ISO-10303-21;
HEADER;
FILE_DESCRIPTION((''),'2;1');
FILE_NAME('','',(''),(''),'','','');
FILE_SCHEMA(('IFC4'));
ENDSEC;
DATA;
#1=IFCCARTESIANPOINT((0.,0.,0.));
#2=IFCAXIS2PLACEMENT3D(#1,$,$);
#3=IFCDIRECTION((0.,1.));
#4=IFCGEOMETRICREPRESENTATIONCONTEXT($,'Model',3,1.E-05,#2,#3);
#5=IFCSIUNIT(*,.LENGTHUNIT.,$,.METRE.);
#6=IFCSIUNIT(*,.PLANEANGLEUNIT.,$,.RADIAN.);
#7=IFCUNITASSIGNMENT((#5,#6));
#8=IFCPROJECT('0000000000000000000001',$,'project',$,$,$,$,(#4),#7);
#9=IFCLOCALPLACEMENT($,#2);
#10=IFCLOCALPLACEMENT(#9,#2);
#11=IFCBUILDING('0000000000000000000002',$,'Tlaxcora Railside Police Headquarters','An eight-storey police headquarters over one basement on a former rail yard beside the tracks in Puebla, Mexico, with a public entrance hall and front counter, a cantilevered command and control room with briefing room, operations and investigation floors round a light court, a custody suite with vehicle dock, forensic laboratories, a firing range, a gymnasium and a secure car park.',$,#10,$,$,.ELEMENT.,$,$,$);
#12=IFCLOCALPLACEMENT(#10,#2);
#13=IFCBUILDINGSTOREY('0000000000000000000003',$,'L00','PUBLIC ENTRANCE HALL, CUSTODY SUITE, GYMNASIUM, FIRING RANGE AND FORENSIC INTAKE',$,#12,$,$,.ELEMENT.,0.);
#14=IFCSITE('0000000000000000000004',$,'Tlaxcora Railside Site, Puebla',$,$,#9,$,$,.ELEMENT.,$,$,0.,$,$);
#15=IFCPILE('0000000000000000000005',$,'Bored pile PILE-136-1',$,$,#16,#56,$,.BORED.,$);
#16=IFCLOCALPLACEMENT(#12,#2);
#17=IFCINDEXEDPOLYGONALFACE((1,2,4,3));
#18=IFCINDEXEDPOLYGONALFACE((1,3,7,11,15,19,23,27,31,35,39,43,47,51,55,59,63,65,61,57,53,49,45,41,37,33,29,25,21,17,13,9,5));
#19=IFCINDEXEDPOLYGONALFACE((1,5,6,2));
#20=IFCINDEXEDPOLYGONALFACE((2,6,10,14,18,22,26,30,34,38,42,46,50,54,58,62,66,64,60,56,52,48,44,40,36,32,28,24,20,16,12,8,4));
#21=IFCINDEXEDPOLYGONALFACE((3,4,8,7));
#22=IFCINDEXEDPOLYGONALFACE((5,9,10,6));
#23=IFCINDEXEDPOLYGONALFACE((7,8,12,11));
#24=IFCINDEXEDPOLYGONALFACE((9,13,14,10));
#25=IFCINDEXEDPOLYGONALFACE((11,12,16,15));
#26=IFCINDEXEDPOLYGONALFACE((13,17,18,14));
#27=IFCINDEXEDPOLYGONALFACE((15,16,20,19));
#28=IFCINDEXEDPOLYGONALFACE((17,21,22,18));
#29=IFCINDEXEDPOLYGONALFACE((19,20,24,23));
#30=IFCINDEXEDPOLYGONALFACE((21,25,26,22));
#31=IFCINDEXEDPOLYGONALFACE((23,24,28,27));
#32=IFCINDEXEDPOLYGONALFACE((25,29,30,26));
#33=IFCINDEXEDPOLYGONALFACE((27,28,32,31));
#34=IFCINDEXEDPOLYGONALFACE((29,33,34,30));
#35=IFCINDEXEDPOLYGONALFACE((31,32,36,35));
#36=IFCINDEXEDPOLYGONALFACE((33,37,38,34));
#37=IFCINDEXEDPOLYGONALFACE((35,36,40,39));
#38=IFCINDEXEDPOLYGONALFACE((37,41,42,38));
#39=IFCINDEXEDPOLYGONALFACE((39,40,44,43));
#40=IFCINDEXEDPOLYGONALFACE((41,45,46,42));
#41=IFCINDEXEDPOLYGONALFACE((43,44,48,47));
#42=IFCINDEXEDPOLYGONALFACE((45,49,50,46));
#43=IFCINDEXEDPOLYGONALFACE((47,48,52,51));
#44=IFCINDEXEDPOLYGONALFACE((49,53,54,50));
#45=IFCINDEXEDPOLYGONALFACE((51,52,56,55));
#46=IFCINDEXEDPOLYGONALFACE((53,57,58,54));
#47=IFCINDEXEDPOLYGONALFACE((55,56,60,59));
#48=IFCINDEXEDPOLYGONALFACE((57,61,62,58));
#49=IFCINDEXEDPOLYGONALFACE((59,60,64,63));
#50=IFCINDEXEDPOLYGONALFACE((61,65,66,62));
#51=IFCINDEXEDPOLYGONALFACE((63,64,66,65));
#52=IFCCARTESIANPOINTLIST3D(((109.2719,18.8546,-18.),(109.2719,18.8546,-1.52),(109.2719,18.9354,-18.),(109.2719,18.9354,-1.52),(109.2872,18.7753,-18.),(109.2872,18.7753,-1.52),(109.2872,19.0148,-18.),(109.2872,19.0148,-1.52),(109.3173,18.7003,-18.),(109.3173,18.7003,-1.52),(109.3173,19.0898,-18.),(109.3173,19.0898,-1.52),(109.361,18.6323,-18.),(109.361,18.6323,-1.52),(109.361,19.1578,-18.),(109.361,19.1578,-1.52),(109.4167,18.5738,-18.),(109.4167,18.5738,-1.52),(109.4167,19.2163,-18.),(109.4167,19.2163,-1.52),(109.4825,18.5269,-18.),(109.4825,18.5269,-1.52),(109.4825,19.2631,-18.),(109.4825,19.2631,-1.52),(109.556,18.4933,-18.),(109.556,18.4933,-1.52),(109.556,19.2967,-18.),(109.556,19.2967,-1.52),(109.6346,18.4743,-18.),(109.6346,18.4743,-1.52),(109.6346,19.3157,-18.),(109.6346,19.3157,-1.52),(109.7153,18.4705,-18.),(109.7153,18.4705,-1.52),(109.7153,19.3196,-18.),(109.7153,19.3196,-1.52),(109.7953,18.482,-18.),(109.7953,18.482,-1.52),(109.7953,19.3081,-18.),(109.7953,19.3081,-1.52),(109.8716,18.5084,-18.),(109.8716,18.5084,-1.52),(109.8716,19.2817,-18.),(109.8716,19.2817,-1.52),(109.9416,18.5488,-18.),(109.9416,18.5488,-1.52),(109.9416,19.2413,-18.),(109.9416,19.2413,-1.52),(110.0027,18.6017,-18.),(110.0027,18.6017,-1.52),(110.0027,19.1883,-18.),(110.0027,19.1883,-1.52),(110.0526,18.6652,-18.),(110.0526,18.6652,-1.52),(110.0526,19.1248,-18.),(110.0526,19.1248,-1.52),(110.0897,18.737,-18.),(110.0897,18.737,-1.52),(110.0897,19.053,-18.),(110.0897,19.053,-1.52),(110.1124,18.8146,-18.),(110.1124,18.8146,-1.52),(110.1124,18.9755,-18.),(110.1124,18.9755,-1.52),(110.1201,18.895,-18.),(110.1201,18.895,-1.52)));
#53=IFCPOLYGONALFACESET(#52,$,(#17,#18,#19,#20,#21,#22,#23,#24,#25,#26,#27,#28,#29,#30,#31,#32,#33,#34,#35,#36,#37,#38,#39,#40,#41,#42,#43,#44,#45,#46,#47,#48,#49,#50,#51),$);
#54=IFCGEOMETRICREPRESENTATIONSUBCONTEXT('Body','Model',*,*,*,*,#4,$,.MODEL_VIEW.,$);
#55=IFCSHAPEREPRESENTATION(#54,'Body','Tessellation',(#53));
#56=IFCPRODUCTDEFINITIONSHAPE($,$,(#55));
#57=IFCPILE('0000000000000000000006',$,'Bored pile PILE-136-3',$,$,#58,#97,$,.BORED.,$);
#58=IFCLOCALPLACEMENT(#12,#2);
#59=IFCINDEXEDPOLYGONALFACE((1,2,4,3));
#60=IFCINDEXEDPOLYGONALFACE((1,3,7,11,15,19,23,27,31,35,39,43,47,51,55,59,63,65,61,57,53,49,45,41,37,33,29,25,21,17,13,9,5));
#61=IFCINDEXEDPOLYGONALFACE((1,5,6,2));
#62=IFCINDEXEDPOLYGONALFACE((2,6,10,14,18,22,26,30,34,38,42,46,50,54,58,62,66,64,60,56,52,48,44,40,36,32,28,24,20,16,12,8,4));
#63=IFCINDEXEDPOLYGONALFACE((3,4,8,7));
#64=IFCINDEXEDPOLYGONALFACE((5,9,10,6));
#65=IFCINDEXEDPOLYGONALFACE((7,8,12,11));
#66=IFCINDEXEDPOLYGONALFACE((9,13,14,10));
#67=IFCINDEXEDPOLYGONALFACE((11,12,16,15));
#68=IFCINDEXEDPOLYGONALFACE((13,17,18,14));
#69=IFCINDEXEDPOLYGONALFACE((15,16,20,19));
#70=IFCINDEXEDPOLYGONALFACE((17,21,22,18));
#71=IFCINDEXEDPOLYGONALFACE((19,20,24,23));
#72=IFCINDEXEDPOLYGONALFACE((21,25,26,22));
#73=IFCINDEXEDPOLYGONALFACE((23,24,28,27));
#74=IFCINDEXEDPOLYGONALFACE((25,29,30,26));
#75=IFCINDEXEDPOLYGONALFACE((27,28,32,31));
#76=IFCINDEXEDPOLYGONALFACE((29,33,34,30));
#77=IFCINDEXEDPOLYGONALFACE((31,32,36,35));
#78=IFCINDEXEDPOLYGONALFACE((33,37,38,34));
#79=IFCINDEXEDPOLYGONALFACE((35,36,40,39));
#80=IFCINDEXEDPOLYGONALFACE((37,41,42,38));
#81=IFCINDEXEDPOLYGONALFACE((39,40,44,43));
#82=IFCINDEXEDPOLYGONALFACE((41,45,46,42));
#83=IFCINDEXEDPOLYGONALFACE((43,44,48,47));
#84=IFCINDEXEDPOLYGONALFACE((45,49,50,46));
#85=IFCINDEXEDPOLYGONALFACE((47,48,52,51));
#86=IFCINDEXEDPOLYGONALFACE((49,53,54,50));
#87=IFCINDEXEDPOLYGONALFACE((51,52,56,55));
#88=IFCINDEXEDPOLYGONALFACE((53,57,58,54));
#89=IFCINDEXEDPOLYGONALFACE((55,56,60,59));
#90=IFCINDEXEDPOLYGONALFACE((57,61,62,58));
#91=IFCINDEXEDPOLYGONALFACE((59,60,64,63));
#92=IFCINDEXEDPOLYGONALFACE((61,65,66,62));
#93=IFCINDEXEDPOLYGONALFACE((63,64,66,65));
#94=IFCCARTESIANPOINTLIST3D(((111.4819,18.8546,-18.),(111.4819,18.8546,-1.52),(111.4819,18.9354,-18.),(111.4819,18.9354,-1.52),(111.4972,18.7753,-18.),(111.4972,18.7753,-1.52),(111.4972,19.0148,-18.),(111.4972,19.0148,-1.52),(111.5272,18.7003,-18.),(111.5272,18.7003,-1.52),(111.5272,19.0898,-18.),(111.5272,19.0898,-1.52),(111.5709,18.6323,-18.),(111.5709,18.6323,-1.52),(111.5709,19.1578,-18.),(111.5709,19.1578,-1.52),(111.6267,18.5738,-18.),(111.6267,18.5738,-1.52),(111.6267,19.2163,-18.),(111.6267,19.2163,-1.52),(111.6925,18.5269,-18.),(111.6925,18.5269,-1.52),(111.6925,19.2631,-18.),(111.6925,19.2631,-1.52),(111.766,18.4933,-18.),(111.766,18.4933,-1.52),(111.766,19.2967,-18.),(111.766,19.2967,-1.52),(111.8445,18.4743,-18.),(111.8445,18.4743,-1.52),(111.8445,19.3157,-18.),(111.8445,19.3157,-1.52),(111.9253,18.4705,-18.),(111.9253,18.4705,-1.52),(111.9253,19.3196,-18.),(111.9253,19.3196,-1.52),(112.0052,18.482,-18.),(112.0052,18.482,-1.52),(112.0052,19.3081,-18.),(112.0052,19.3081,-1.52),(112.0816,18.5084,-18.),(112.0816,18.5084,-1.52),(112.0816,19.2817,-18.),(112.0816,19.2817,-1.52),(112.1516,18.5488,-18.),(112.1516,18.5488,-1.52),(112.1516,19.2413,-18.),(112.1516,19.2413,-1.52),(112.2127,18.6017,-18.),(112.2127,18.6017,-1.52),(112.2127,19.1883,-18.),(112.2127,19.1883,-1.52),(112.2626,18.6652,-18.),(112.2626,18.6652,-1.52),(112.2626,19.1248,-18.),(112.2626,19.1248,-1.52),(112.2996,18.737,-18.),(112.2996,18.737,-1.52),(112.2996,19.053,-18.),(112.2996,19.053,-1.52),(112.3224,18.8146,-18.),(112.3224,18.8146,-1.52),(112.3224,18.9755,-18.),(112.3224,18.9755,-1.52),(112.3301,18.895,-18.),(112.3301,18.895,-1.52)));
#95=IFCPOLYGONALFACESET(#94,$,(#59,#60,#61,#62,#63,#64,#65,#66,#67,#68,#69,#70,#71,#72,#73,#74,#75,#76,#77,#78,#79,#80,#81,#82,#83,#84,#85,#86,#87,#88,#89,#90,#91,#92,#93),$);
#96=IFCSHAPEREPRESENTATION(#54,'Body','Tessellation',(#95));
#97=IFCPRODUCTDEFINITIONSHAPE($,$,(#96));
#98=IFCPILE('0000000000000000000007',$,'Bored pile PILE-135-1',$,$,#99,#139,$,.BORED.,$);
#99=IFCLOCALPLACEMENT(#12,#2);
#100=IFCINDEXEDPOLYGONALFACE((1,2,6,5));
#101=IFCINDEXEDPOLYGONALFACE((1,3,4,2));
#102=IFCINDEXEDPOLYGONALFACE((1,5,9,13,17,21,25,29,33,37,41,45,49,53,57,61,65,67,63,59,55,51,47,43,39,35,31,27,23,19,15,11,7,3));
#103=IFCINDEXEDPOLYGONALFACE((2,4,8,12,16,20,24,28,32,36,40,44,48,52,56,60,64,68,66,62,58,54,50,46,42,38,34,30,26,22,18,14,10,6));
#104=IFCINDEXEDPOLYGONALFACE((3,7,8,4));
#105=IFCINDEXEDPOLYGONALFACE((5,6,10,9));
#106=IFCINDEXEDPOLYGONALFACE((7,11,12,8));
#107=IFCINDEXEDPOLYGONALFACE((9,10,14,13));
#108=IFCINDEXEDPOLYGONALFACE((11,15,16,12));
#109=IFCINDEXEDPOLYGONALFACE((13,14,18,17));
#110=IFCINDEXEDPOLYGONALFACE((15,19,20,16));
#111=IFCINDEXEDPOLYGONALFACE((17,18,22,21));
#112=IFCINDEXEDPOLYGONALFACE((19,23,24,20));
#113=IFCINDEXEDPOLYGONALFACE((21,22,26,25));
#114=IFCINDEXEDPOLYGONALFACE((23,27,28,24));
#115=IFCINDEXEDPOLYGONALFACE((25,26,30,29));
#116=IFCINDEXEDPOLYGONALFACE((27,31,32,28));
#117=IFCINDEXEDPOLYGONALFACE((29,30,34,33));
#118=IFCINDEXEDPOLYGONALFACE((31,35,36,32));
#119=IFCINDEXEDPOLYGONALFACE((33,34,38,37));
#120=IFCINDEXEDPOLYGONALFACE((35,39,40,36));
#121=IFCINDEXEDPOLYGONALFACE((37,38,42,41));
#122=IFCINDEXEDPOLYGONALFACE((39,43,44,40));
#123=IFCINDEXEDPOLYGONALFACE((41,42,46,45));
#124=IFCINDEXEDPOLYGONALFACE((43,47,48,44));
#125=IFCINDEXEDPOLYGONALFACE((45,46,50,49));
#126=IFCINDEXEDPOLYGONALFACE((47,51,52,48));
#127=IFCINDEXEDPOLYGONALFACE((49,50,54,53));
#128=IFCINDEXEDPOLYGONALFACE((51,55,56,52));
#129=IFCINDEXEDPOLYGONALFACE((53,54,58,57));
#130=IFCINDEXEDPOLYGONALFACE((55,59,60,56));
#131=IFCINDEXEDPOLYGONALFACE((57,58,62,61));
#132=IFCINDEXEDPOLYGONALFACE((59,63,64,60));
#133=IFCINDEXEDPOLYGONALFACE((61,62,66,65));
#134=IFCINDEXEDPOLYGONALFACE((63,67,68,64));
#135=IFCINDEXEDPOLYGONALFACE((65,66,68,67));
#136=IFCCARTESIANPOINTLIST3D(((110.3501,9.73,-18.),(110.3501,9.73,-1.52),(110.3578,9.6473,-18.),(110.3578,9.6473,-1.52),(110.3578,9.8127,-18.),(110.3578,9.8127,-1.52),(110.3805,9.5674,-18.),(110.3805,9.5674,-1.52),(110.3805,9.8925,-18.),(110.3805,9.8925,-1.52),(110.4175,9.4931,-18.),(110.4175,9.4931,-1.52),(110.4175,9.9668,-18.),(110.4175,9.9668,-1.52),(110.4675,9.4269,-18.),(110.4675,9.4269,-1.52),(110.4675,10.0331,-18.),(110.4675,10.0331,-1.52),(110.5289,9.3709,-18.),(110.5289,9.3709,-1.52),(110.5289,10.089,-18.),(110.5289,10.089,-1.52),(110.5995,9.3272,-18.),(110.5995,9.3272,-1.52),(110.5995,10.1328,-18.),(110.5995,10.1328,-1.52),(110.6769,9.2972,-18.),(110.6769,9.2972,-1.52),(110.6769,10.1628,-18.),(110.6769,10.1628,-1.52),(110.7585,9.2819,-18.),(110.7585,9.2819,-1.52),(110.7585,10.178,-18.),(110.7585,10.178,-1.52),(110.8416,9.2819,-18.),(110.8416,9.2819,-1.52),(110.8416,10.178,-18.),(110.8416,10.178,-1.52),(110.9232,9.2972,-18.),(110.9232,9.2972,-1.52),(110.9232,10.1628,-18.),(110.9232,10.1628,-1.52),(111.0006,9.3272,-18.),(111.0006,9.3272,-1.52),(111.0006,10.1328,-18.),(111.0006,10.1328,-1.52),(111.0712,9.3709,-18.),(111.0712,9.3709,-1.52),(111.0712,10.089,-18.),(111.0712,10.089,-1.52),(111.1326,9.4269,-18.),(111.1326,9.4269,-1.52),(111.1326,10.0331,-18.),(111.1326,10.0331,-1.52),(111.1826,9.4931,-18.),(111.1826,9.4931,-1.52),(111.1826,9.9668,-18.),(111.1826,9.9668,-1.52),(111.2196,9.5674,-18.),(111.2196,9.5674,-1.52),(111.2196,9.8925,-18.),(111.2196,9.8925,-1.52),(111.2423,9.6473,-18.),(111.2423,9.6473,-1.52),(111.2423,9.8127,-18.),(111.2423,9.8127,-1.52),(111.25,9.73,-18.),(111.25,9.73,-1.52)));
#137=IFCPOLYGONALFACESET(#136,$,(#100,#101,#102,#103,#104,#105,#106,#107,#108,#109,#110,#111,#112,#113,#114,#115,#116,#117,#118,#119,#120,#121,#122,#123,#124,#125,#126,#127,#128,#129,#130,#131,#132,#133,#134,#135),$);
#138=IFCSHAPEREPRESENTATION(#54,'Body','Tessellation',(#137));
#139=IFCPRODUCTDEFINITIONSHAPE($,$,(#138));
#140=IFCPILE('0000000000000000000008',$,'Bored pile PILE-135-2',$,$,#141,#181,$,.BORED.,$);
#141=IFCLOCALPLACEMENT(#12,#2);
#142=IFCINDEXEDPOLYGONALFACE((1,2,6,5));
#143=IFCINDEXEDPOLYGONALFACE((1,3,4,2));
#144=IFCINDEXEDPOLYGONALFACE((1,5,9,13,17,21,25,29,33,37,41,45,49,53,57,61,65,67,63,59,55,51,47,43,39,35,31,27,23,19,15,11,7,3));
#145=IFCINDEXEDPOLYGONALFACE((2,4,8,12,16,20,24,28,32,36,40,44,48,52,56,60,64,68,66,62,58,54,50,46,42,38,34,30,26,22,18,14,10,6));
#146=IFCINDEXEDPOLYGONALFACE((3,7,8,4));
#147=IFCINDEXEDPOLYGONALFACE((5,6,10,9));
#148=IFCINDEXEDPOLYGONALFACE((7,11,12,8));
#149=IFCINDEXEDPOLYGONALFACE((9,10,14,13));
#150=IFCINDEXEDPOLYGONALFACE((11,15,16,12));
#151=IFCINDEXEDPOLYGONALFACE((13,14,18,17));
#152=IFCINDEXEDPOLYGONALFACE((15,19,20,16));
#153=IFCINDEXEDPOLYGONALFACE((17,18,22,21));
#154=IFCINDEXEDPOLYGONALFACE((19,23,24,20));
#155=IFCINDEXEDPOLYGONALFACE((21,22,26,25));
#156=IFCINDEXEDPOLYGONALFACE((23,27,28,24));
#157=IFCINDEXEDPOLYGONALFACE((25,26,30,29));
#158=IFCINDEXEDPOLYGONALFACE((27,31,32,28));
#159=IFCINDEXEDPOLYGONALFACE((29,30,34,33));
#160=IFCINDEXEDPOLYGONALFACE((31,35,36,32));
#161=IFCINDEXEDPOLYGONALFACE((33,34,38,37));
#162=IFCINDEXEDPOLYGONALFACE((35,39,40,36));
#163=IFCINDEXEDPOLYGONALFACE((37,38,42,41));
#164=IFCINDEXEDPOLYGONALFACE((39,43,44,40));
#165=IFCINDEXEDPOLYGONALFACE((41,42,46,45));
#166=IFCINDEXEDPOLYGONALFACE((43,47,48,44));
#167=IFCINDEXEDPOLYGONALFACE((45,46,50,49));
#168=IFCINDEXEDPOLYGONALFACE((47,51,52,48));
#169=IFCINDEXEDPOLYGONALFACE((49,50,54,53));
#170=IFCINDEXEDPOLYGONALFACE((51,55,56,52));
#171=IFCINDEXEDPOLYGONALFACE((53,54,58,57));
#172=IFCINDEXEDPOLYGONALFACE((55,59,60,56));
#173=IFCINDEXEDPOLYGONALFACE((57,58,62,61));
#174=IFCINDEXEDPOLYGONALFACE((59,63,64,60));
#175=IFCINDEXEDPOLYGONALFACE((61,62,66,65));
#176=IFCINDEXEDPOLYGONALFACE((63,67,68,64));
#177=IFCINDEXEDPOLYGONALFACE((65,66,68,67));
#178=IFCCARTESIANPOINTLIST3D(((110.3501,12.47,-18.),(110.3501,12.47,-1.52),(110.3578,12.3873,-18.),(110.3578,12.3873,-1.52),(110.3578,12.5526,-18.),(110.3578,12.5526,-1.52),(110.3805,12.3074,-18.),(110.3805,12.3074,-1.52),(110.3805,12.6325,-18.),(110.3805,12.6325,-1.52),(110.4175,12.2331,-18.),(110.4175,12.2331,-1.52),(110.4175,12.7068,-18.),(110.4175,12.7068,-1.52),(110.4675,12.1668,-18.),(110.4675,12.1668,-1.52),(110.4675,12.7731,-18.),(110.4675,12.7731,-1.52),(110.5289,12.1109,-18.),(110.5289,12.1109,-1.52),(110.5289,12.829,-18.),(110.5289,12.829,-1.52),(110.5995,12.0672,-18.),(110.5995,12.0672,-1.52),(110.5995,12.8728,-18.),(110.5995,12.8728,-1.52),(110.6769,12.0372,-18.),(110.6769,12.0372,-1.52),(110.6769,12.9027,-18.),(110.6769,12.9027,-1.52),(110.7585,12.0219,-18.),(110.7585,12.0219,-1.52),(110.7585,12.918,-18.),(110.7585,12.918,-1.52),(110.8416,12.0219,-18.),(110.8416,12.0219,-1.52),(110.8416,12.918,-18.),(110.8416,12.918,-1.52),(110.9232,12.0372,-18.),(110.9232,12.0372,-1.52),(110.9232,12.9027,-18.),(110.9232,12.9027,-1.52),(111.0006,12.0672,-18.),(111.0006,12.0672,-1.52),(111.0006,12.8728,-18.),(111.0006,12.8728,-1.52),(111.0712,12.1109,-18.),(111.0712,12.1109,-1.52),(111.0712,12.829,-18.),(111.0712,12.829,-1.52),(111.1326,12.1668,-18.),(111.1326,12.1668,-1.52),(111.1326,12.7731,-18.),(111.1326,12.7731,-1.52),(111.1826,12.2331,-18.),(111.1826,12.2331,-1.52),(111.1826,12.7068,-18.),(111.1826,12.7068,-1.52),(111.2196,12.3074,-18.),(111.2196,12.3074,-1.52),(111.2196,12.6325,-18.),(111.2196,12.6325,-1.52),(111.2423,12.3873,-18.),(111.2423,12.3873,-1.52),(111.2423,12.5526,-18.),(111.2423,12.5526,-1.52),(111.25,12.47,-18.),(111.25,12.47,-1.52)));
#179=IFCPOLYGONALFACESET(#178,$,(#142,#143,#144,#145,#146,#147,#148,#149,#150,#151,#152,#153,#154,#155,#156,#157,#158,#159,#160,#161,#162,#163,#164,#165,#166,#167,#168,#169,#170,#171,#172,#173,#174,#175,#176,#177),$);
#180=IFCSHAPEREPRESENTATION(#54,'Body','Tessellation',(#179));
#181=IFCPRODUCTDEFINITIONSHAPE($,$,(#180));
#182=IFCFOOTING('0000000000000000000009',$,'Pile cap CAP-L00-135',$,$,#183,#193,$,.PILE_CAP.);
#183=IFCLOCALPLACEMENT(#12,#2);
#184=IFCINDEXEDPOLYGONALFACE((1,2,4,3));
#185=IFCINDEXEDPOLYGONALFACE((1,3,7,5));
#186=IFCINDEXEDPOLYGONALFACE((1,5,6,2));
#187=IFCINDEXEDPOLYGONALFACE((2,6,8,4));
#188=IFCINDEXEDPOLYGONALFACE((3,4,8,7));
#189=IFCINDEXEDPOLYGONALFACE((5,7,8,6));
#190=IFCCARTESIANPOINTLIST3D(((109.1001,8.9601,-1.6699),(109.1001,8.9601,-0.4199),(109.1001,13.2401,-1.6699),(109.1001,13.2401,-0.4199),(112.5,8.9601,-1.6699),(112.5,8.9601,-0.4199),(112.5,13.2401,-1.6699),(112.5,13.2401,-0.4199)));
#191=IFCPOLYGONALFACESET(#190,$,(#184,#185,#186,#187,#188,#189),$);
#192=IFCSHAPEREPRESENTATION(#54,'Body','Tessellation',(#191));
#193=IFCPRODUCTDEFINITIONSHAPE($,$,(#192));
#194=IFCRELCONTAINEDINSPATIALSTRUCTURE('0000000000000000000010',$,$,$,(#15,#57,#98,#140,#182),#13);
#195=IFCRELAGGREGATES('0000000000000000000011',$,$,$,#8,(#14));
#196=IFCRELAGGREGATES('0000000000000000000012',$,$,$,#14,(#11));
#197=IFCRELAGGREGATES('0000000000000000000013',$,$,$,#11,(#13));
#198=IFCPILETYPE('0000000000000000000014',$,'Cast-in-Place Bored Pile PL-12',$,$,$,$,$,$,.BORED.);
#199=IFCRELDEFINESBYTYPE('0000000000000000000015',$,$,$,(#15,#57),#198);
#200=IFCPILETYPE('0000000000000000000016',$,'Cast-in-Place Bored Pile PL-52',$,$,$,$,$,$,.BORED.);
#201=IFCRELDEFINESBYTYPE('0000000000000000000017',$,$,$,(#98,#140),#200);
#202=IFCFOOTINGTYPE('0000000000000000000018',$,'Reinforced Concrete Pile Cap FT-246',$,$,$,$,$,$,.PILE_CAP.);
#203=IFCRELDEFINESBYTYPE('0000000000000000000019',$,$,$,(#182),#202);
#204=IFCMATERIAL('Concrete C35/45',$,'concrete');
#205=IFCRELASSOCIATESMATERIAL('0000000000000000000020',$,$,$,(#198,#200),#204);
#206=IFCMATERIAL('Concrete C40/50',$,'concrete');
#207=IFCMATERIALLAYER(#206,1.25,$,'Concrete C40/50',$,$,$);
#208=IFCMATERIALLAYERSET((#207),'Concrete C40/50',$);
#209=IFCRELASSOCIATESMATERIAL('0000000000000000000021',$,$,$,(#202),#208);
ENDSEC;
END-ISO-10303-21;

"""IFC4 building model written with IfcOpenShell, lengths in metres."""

from ifc_helpers import new_model, si_unit, direction, frame, origin, origin_2d, place, context, subcontext, project, spatial, rectangle, circle, extrude, material, layer, layer_set, material_profile, profile_set, type_object, element, save


model = new_model("IFC4")

# Units and contexts
model_context = context("Model", 3, precision=1e-05, world=origin(), true_north=direction((0.0, 1.0)))
body_context = subcontext(model_context, "Body", "Model", "MODEL_VIEW")
ifc_project = project(units=[si_unit("LENGTHUNIT", "METRE"), si_unit("PLANEANGLEUNIT", "RADIAN")], contexts=[model_context])

# Site, building, storey
site_placement = place(None, origin())
site = spatial("IfcSite", under=ifc_project, at=site_placement, Name="Tlaxcora Railside Site, Puebla", CompositionType="ELEMENT", RefElevation=0.0)
building_placement = place(site_placement, origin())
building = spatial("IfcBuilding", under=site, at=building_placement, Name="Tlaxcora Railside Police Headquarters", Description="An eight-storey police headquarters over one basement on a former rail yard beside the tracks in Puebla, Mexico, with a public entrance hall and front counter, a cantilevered command and control room with briefing room, operations and investigation floors round a light court, a custody suite with vehicle dock, forensic laboratories, a firing range, a gymnasium and a secure car park.", CompositionType="ELEMENT")
storey_placement = place(building_placement, origin())
storey = spatial("IfcBuildingStorey", under=building, at=storey_placement, Name="L00", Description="PUBLIC ENTRANCE HALL, CUSTODY SUITE, GYMNASIUM, FIRING RANGE AND FORENSIC INTAKE", CompositionType="ELEMENT", Elevation=0.0)

# Piles
ifc_material_1 = material(Name="Concrete C35/45", Category="concrete")
ifc_material_profile_1 = material_profile(ifc_material_1, circle(Radius=0.425, at=origin_2d()), Name="PILE850")
ifc_profile_set_1 = profile_set([ifc_material_profile_1], Name="Concrete C35/45")
pile_type_1 = type_object("IfcPileType", Name="Cast-in-Place Bored Pile PL-12", PredefinedType="BORED", material=ifc_profile_set_1)
for number, where, z_axis, x_axis, name in (
    (1, (109.6951, 18.895, -1.52), (0.0, 0.0, -1.0), (1.0, 0.0, 0.0), "Bored pile PILE-136-1"),
    (2, (111.905, 18.895, -1.52), (0.0, 0.0, -1.0), (1.0, 0.0, 0.0), "Bored pile PILE-136-3"),
):
    element("IfcPile", number, at=place(storey_placement, frame(where, z_axis=z_axis, x_axis=x_axis)), inside=storey, type_object=pile_type_1, Name=name, PredefinedType="BORED", context=body_context, shape_type="SweptSolid", body=[
        extrude(circle(Radius=0.425, at=origin_2d()), origin(), (0.0, 0.0, 1.0), 16.48),
    ])
ifc_material_profile_2 = material_profile(ifc_material_1, circle(Radius=0.45, at=origin_2d()), Name="PILE900")
ifc_profile_set_2 = profile_set([ifc_material_profile_2], Name="Concrete C35/45")
pile_type_2 = type_object("IfcPileType", Name="Cast-in-Place Bored Pile PL-52", PredefinedType="BORED", material=ifc_profile_set_2)
for number, where, z_axis, x_axis, name in (
    (3, (110.8, 9.73, -1.52), (0.0, 0.0, -1.0), (1.0, 0.0, 0.0), "Bored pile PILE-135-1"),
    (4, (110.8, 12.47, -1.52), (0.0, 0.0, -1.0), (1.0, 0.0, 0.0), "Bored pile PILE-135-2"),
):
    element("IfcPile", number, at=place(storey_placement, frame(where, z_axis=z_axis, x_axis=x_axis)), inside=storey, type_object=pile_type_2, Name=name, PredefinedType="BORED", context=body_context, shape_type="SweptSolid", body=[
        extrude(circle(Radius=0.45, at=origin_2d()), origin(), (0.0, 0.0, 1.0), 16.48),
    ])

# Footing
ifc_material_2 = material(Name="Concrete C40/50", Category="concrete")
ifc_layer_1 = layer(ifc_material_2, 1.25, Name="Concrete C40/50")
ifc_layer_set_1 = layer_set([ifc_layer_1], Name="Concrete C40/50")
footing_type_1 = type_object("IfcFootingType", Name="Reinforced Concrete Pile Cap FT-246", PredefinedType="PILE_CAP", material=ifc_layer_set_1)
footing_1_placement = place(storey_placement, frame((110.8, 11.1001, -1.6699), z_axis=(0.0, 0.0, 1.0), x_axis=(1.0, 0.0, 0.0)))
element("IfcFooting", 5, at=footing_1_placement, inside=storey, type_object=footing_type_1, Name="Pile cap CAP-L00-135", PredefinedType="PILE_CAP", context=body_context, shape_type="SweptSolid", body=[
    extrude(rectangle(XDim=3.3999, YDim=4.28, at=origin_2d()), origin(), (0.0, 0.0, 1.0), 1.25),
])

save(model, "model.ifc")
